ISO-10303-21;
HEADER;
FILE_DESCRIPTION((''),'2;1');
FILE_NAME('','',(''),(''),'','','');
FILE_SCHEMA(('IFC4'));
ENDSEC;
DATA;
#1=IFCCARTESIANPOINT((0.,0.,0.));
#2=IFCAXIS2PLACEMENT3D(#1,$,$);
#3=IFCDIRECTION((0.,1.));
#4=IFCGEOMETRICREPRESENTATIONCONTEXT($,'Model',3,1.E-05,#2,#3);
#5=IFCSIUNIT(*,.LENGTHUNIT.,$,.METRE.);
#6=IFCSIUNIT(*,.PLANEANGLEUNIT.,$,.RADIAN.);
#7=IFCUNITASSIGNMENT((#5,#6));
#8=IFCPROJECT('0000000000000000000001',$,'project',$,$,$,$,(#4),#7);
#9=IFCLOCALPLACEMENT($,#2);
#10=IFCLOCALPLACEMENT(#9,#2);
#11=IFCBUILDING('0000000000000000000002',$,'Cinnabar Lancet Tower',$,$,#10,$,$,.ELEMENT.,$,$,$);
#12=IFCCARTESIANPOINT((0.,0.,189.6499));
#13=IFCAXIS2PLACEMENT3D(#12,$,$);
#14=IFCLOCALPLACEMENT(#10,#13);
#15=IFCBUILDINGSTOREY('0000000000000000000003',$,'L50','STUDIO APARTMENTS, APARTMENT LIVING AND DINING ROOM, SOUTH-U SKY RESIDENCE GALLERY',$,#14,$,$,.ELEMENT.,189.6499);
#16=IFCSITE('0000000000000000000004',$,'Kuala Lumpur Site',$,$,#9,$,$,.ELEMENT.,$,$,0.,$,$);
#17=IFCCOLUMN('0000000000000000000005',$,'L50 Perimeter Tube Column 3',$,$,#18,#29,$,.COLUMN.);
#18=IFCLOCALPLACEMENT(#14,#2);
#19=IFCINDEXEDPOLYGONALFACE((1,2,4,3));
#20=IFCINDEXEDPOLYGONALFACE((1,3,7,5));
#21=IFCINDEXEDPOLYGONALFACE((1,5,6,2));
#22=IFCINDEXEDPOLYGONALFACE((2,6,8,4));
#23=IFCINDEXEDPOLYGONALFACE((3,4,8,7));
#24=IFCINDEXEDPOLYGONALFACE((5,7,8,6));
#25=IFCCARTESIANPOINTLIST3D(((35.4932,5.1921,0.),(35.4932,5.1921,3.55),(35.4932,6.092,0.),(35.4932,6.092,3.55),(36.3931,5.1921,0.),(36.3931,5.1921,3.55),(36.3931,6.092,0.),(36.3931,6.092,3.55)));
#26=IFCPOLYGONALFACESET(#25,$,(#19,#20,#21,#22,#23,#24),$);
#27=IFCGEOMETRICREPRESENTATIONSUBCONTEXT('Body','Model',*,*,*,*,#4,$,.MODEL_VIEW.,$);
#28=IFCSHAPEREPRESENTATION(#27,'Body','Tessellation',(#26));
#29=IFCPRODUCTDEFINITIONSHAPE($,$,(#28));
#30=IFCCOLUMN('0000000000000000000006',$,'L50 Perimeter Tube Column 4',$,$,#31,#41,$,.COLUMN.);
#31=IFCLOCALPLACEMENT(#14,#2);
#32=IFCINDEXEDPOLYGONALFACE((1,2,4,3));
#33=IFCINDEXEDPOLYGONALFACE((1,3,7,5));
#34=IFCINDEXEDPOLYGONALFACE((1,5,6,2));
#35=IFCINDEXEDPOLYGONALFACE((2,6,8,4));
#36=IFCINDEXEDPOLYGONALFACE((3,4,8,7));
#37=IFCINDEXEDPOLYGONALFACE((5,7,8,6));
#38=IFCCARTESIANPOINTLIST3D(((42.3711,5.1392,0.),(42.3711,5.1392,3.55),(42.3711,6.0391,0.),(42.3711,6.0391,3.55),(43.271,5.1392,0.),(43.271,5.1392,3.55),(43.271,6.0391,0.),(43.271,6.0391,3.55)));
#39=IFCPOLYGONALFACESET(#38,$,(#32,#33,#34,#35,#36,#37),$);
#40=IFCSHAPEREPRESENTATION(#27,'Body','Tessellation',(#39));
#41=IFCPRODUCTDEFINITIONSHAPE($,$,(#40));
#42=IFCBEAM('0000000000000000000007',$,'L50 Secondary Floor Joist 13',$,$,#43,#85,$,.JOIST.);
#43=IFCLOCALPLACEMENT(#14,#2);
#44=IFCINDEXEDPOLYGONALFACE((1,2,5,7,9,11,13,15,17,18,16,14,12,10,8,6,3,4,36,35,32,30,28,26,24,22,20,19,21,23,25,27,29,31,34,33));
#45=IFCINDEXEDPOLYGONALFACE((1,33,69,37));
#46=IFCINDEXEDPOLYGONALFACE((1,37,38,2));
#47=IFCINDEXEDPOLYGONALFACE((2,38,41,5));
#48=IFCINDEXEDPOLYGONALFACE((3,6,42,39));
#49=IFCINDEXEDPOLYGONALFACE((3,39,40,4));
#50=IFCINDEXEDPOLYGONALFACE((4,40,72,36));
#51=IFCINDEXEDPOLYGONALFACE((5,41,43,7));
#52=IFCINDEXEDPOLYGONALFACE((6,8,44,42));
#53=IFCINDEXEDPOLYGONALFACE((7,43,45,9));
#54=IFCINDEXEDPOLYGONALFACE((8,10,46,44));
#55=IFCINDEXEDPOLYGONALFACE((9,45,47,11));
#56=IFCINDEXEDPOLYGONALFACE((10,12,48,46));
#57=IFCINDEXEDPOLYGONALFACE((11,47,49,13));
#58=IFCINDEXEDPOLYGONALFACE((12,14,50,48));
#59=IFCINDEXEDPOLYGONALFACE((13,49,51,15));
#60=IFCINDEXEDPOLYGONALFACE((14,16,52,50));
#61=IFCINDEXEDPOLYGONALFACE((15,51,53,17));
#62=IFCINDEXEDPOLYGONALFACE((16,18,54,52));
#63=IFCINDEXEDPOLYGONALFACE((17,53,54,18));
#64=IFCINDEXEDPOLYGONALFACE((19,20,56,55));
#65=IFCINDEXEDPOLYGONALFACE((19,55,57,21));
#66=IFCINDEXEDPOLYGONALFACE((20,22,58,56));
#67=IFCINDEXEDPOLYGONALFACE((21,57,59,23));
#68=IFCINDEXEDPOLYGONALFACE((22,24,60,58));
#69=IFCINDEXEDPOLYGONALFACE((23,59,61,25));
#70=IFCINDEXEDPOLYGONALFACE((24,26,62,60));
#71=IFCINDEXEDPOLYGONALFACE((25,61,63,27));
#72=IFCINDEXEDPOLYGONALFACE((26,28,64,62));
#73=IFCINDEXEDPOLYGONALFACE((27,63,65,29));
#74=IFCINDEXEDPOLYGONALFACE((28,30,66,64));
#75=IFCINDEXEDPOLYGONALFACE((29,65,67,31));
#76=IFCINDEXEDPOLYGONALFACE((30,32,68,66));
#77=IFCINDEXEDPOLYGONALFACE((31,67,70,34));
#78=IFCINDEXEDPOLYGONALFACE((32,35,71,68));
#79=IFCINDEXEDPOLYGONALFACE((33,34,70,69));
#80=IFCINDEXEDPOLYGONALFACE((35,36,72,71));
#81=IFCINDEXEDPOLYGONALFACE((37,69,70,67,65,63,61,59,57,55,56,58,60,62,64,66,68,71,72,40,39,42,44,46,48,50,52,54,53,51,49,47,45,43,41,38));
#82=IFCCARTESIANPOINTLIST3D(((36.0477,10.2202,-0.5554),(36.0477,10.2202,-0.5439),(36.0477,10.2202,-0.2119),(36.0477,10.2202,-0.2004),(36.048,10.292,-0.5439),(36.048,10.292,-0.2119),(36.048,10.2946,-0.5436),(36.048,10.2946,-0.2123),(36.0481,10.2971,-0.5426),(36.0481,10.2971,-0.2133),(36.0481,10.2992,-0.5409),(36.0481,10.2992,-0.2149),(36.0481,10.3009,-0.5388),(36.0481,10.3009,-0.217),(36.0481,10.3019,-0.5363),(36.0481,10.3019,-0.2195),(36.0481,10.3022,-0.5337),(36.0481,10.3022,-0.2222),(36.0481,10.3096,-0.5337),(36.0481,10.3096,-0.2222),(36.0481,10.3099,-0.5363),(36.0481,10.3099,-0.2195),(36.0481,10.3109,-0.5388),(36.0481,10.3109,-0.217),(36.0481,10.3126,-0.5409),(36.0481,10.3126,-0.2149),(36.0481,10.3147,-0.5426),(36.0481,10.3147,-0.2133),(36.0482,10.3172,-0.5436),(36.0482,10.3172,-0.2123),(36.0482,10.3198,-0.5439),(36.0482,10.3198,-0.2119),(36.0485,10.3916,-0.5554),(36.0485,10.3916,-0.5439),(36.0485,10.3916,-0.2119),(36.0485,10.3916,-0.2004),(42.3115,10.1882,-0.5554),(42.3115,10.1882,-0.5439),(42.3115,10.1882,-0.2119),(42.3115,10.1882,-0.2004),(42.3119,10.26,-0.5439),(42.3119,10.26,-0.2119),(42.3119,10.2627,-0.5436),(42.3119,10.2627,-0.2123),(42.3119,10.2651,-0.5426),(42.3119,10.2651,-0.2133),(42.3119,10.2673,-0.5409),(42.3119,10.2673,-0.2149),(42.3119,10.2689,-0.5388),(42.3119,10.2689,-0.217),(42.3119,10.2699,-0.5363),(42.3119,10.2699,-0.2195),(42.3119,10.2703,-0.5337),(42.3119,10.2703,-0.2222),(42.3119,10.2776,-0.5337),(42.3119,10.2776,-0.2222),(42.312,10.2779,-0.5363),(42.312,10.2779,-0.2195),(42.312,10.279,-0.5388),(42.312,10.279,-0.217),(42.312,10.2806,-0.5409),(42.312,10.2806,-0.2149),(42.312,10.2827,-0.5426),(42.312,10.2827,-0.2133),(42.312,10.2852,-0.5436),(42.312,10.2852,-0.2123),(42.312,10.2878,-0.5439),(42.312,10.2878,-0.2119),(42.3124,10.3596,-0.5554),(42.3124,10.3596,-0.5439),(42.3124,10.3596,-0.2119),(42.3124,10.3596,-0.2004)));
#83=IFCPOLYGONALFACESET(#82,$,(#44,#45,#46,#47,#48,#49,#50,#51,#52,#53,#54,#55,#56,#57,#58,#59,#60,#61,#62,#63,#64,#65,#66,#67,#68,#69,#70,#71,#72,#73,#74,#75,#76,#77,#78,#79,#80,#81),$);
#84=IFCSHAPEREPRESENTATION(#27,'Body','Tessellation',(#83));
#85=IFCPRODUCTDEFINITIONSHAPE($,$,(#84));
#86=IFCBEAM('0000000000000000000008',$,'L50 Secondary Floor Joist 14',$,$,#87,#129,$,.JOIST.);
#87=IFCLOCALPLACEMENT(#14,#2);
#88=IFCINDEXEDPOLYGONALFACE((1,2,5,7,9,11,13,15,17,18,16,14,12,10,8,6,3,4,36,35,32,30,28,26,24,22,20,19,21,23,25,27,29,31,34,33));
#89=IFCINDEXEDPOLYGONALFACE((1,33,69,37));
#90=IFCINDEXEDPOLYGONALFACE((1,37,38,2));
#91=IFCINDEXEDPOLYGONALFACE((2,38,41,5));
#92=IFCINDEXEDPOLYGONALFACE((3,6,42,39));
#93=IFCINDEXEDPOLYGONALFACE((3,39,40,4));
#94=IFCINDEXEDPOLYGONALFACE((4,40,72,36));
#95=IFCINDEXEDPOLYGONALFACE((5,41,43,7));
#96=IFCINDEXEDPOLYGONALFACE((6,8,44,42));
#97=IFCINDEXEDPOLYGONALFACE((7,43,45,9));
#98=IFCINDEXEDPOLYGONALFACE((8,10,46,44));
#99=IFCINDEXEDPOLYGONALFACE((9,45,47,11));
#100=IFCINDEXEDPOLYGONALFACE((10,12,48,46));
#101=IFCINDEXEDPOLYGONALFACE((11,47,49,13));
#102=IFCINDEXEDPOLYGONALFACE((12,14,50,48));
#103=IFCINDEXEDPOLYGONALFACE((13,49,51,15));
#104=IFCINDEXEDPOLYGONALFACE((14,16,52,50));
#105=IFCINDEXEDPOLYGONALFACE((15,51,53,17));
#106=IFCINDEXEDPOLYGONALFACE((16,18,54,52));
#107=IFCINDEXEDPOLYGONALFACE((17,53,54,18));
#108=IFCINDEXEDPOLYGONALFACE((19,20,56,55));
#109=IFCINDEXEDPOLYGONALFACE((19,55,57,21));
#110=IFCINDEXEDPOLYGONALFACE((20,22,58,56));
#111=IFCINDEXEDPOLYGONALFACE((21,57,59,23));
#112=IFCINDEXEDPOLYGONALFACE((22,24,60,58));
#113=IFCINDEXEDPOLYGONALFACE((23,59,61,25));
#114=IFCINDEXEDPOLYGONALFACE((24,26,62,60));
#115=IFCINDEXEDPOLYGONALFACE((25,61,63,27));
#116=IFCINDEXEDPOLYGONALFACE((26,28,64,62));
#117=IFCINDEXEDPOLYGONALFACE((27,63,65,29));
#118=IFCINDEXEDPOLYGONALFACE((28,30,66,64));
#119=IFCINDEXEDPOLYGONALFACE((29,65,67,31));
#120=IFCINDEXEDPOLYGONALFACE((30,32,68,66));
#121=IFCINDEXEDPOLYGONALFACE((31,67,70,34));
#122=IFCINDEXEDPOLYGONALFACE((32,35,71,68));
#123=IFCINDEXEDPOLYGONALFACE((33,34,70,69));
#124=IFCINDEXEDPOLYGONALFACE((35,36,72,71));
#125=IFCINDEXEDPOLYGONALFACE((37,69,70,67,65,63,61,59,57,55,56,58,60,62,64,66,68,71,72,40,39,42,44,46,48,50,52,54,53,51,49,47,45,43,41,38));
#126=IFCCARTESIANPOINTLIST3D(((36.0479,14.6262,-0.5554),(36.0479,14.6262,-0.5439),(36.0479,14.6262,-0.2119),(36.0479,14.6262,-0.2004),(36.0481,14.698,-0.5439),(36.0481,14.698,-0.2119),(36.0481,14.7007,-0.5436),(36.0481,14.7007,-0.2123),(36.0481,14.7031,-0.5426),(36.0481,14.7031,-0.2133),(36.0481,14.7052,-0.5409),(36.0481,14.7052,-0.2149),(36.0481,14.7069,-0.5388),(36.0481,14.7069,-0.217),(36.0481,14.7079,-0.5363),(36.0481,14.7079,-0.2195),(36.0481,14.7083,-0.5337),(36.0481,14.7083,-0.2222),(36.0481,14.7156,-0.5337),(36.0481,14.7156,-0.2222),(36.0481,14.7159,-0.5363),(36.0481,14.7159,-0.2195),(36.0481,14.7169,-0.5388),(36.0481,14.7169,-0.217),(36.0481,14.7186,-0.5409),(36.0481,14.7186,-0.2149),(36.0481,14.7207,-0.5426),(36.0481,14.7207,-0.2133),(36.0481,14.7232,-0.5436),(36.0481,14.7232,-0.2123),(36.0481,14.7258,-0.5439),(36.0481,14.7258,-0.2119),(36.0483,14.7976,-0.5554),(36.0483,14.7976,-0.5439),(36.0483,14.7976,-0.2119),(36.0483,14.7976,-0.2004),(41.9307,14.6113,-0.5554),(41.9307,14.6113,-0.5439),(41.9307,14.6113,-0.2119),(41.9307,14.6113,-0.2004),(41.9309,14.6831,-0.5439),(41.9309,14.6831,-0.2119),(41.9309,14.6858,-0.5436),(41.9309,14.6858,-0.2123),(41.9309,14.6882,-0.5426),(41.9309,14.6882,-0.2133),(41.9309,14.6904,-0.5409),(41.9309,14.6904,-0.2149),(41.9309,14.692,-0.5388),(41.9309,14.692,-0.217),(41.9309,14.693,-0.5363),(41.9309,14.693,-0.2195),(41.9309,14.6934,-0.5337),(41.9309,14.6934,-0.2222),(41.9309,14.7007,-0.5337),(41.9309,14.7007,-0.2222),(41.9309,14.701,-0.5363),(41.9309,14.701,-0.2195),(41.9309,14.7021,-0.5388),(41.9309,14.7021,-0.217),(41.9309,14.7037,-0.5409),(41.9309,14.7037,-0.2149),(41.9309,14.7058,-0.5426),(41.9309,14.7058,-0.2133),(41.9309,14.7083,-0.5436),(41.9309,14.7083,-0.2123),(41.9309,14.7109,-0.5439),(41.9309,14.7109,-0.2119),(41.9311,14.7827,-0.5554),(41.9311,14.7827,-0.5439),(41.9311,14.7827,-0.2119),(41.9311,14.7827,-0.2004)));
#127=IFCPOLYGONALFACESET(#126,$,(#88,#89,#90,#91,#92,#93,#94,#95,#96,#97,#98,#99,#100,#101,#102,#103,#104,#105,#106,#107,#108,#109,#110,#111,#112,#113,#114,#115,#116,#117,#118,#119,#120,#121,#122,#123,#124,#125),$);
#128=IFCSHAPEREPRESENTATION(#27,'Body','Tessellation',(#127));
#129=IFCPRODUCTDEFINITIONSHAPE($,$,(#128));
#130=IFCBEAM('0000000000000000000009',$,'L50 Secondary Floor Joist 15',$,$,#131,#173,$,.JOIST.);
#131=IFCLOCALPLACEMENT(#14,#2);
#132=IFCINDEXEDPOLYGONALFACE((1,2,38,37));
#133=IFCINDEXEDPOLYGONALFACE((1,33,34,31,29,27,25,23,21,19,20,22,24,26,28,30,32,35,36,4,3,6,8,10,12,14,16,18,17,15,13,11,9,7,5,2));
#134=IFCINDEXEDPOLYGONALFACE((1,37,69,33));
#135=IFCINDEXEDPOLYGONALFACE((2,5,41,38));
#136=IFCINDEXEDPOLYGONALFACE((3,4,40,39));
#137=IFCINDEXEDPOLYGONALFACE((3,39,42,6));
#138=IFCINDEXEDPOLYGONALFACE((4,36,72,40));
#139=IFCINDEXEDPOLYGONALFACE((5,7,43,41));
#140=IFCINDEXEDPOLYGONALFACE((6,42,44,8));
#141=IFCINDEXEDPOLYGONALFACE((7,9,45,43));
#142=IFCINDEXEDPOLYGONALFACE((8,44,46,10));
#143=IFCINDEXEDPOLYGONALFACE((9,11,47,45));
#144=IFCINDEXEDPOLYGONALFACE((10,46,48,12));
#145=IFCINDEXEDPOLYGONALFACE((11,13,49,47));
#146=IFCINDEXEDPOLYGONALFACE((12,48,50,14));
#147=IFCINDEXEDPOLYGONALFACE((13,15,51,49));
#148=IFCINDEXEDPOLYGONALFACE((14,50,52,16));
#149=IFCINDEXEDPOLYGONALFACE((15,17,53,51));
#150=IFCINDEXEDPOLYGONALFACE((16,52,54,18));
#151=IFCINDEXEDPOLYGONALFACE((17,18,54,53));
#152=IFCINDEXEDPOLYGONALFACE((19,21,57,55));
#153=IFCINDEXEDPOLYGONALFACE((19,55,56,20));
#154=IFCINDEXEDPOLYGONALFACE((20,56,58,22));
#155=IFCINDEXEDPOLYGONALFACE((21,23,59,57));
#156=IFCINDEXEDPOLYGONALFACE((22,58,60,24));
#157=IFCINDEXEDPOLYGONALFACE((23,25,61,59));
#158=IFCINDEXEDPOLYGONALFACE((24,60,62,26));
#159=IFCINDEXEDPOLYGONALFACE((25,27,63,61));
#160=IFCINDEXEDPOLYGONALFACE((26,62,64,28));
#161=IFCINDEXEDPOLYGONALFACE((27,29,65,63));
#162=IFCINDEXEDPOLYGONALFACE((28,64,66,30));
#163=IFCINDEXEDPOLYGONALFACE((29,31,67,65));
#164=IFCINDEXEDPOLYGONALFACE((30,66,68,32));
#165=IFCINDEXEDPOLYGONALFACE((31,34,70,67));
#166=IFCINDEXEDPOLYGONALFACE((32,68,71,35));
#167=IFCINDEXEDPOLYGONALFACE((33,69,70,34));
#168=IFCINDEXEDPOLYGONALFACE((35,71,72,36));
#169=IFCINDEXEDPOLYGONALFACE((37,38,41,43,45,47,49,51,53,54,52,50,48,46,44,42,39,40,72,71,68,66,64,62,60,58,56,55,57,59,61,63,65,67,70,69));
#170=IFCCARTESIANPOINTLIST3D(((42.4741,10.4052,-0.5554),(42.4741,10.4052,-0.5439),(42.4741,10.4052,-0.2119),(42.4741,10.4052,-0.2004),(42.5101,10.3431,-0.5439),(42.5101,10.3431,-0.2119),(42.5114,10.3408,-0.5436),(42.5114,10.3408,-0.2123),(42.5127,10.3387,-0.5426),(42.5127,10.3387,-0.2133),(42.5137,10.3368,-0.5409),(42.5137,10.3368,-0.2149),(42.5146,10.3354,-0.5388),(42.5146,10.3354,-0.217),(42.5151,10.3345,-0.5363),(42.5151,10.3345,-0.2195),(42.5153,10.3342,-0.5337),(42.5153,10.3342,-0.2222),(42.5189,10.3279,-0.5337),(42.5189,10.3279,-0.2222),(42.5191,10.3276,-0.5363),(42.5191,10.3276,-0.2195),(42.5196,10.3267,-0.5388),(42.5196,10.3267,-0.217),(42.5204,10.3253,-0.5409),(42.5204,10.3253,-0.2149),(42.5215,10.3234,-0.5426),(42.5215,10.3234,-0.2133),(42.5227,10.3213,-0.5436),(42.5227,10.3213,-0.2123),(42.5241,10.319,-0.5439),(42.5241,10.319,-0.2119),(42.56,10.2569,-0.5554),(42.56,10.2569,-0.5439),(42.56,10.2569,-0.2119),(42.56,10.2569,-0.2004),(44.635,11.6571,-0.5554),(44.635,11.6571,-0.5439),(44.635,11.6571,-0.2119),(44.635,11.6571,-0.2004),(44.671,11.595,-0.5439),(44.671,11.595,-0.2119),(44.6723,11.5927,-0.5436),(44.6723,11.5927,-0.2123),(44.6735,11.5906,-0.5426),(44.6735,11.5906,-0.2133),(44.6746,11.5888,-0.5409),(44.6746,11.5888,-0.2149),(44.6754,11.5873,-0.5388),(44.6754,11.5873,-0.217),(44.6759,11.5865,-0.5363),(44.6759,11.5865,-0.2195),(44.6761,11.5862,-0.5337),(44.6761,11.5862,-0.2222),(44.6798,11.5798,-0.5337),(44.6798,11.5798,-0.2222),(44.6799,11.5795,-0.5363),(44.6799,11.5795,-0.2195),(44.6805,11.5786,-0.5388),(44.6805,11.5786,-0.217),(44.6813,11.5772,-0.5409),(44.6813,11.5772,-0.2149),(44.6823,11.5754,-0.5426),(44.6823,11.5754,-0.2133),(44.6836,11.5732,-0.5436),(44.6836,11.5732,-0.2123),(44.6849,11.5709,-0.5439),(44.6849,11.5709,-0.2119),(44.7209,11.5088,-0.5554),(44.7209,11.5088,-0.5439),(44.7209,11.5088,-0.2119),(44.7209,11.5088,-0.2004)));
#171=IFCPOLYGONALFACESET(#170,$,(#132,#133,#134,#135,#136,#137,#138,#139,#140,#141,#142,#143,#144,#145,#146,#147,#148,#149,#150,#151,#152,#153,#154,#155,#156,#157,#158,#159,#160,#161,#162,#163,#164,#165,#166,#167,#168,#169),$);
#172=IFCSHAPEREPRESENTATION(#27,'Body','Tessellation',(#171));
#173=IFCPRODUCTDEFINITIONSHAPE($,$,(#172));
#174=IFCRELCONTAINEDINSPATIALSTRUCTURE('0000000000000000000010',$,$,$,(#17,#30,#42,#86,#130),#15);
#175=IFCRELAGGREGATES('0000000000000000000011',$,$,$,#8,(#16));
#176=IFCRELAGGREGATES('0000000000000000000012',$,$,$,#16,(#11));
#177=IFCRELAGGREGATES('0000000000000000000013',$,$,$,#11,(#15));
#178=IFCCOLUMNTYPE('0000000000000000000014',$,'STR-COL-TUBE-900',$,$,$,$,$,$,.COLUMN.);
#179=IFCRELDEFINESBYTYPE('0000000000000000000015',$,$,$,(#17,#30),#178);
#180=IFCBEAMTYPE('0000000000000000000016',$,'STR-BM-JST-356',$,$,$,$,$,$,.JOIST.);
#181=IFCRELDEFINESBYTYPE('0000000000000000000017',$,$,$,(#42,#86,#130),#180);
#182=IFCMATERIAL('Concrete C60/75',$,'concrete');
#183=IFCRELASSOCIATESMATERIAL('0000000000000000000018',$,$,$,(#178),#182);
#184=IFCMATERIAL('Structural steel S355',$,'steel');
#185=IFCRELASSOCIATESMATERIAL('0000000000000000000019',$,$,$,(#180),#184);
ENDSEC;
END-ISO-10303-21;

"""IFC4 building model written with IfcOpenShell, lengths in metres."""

from ifc_helpers import new_model, si_unit, direction, frame, origin, origin_2d, place, context, subcontext, project, spatial, rectangle, i_section, extrude, material, material_profile, profile_set, type_object, element, save


model = new_model("IFC4")

# Units and contexts
model_context = context("Model", 3, precision=1e-05, world=origin(), true_north=direction((0.0, 1.0)))
body_context = subcontext(model_context, "Body", "Model", "MODEL_VIEW")
ifc_project = project(units=[si_unit("LENGTHUNIT", "METRE"), si_unit("PLANEANGLEUNIT", "RADIAN")], contexts=[model_context])

# Site, building, storey
site_placement = place(None, origin())
site = spatial("IfcSite", under=ifc_project, at=site_placement, Name="Kuala Lumpur Site", CompositionType="ELEMENT", RefElevation=0.0)
building_placement = place(site_placement, origin())
building = spatial("IfcBuilding", under=site, at=building_placement, Name="Cinnabar Lancet Tower", CompositionType="ELEMENT")
storey_placement = place(building_placement, frame((0.0, 0.0, 189.6499)))
storey = spatial("IfcBuildingStorey", under=building, at=storey_placement, Name="L50", Description="STUDIO APARTMENTS, APARTMENT LIVING AND DINING ROOM, SOUTH-U SKY RESIDENCE GALLERY", CompositionType="ELEMENT", Elevation=189.6499)

# Columns
ifc_material_1 = material(Name="Concrete C60/75", Category="concrete")
ifc_material_profile_1 = material_profile(ifc_material_1, rectangle(XDim=0.8999, YDim=0.8999, at=origin_2d()), Name="RC-COL 900x900")
ifc_profile_set_1 = profile_set([ifc_material_profile_1], Name="Concrete C60/75")
column_type = type_object("IfcColumnType", Name="STR-COL-TUBE-900", PredefinedType="COLUMN", material=ifc_profile_set_1)
for number, where, z_axis, x_axis, name in (
    (1, (35.9431, 5.6421, 0.0), (0.0, 0.0, 1.0), (1.0, 0.0, 0.0), "L50 Perimeter Tube Column 3"),
    (2, (42.821, 5.5891, 0.0), (0.0, 0.0, 1.0), (1.0, 0.0, 0.0), "L50 Perimeter Tube Column 4"),
):
    element("IfcColumn", number, at=place(storey_placement, frame(where, z_axis=z_axis, x_axis=x_axis)), inside=storey, type_object=column_type, Name=name, PredefinedType="COLUMN", context=body_context, shape_type="SweptSolid", body=[
        extrude(rectangle(XDim=0.8999, YDim=0.8999, at=origin_2d()), origin(), (0.0, 0.0, 1.0), 3.55),
    ])

# Beams
ifc_material_2 = material(Name="Structural steel S355", Category="steel")
ifc_material_profile_2 = material_profile(ifc_material_2, i_section(OverallWidth=0.1714, OverallDepth=0.355, WebThickness=0.0073, FlangeThickness=0.0115, FilletRadius=0.0103, at=origin_2d()), Name="UKB 356x171x51")
ifc_profile_set_2 = profile_set([ifc_material_profile_2], Name="Structural steel S355")
beam_type_1 = type_object("IfcBeamType", Name="STR-BM-JST-356", PredefinedType="JOIST", material=ifc_profile_set_2)
beam_1_placement = place(storey_placement, frame((36.0481, 10.3059, -0.3779), z_axis=(0.999987, -0.005106, 0.0), x_axis=(0.005106, 0.999987, 0.0)))
element("IfcBeam", 3, at=beam_1_placement, inside=storey, type_object=beam_type_1, Name="L50 Secondary Floor Joist 13", PredefinedType="JOIST", context=body_context, shape_type="SweptSolid", body=[
    extrude(i_section(OverallWidth=0.1714, OverallDepth=0.355, WebThickness=0.0073, FlangeThickness=0.0115, FilletRadius=0.0103, at=origin_2d()), origin(), (0.0, 0.0, 1.0), 6.2639),
])
beam_2_placement = place(storey_placement, frame((36.0481, 14.7119, -0.3779), z_axis=(0.999997, -0.002532, 0.0), x_axis=(0.002532, 0.999997, 0.0)))
element("IfcBeam", 4, at=beam_2_placement, inside=storey, type_object=beam_type_1, Name="L50 Secondary Floor Joist 14", PredefinedType="JOIST", context=body_context, shape_type="SweptSolid", body=[
    extrude(i_section(OverallWidth=0.1714, OverallDepth=0.355, WebThickness=0.0073, FlangeThickness=0.0115, FilletRadius=0.0103, at=origin_2d()), origin(), (0.0, 0.0, 1.0), 5.8828),
])
beam_3_placement = place(storey_placement, frame((42.5171, 10.3311, -0.3779), z_axis=(0.865268, 0.50131, 0.0), x_axis=(-0.50131, 0.865268, 0.0)))
element("IfcBeam", 5, at=beam_3_placement, inside=storey, type_object=beam_type_1, Name="L50 Secondary Floor Joist 15", PredefinedType="JOIST", context=body_context, shape_type="SweptSolid", body=[
    extrude(i_section(OverallWidth=0.1714, OverallDepth=0.355, WebThickness=0.0073, FlangeThickness=0.0115, FilletRadius=0.0103, at=origin_2d()), origin(), (0.0, 0.0, 1.0), 2.4973),
])

save(model, "model.ifc")
